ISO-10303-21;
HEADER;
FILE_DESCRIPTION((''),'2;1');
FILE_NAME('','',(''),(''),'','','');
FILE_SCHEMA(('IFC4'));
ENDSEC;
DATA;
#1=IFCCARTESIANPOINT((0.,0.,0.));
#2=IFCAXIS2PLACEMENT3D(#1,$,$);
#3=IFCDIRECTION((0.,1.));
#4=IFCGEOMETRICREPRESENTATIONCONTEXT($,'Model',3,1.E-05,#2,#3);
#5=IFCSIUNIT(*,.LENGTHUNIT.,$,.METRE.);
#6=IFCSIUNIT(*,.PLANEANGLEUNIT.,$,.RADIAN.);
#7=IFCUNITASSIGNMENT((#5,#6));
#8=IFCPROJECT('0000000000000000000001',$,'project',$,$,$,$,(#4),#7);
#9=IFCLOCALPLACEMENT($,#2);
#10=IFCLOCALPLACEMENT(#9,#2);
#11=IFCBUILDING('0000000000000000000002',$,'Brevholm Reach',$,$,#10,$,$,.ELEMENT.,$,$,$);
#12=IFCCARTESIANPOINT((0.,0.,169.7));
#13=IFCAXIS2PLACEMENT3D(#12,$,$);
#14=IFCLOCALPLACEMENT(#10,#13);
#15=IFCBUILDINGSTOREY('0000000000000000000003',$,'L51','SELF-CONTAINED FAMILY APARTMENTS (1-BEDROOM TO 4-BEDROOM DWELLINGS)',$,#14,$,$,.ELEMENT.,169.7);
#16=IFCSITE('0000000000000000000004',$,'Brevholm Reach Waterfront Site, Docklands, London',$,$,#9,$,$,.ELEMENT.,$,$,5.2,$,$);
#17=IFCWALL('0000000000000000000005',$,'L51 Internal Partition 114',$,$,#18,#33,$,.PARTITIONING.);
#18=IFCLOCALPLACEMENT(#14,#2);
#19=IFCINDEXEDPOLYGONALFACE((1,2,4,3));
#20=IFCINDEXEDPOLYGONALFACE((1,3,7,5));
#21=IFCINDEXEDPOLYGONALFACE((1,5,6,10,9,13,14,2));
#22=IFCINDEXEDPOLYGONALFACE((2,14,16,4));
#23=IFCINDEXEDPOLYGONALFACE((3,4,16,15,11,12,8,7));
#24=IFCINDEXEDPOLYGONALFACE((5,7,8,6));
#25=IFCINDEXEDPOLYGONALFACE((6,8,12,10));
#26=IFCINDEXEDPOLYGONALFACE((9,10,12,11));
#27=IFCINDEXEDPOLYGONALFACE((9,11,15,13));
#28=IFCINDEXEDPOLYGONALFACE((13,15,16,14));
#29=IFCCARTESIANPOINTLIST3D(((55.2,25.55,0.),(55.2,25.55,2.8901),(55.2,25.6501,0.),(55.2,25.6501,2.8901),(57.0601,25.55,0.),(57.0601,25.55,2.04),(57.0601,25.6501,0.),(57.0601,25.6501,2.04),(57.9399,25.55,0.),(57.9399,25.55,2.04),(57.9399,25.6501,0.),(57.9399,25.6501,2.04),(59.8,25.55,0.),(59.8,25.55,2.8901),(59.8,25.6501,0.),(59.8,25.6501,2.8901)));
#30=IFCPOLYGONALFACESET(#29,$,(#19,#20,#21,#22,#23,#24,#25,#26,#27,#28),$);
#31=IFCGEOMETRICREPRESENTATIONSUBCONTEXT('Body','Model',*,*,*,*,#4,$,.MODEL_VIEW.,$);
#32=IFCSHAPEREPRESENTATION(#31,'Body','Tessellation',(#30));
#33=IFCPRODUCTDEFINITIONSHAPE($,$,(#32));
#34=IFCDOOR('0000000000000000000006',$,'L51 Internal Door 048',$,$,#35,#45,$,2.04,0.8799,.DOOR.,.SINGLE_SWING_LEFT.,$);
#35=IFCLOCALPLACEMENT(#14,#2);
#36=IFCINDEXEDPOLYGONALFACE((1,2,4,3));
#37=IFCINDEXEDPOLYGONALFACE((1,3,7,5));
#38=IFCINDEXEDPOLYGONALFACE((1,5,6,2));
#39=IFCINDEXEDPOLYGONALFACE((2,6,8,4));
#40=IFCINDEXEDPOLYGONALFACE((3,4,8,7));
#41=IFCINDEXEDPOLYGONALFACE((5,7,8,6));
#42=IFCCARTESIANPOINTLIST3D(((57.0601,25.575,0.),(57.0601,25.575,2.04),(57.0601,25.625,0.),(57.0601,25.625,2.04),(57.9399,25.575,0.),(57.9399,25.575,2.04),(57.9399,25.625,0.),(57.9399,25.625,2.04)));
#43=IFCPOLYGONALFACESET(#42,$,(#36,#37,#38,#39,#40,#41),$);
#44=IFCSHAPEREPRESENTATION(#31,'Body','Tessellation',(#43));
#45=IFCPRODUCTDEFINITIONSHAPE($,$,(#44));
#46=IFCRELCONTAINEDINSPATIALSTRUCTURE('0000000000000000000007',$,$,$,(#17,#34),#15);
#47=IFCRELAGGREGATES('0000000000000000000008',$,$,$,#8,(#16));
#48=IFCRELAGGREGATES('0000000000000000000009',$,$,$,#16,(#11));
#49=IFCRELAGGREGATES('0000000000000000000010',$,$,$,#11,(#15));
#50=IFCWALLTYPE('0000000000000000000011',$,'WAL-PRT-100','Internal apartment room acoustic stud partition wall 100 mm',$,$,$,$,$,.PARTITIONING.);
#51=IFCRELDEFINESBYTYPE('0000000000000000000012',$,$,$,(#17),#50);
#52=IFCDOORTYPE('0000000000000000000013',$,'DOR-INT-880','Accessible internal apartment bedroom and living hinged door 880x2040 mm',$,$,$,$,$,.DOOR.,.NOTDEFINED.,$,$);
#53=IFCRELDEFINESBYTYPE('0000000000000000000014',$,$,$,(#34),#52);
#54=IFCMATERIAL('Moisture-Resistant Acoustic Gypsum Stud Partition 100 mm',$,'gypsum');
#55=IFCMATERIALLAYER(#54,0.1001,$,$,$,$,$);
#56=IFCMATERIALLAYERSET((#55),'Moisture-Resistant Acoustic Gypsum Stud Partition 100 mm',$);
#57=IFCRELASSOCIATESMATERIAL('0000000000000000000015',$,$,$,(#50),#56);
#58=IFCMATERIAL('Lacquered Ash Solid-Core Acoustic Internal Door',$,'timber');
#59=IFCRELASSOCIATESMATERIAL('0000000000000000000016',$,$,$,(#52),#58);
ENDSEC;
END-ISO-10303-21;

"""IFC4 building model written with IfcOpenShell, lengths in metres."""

from ifc_helpers import new_model, si_unit, direction, frame, frame_2d, origin, place, context, subcontext, project, spatial, rectangle, extrude, material, layer, layer_set, type_object, element, fill, save


model = new_model("IFC4")

# Units and contexts
model_context = context("Model", 3, precision=1e-05, world=origin(), true_north=direction((0.0, 1.0)))
body_context = subcontext(model_context, "Body", "Model", "MODEL_VIEW")
ifc_project = project(units=[si_unit("LENGTHUNIT", "METRE"), si_unit("PLANEANGLEUNIT", "RADIAN")], contexts=[model_context])

# Site, building, storey
site_placement = place(None, origin())
site = spatial("IfcSite", under=ifc_project, at=site_placement, Name="Brevholm Reach Waterfront Site, Docklands, London", CompositionType="ELEMENT", RefElevation=5.2)
building_placement = place(site_placement, origin())
building = spatial("IfcBuilding", under=site, at=building_placement, Name="Brevholm Reach", CompositionType="ELEMENT")
storey_placement = place(building_placement, frame((0.0, 0.0, 169.7)))
storey = spatial("IfcBuildingStorey", under=building, at=storey_placement, Name="L51", Description="SELF-CONTAINED FAMILY APARTMENTS (1-BEDROOM TO 4-BEDROOM DWELLINGS)", CompositionType="ELEMENT", Elevation=169.7)

# Shared definitions
ifc_material_1 = material(Name="Moisture-Resistant Acoustic Gypsum Stud Partition 100 mm", Category="gypsum")
ifc_layer_1 = layer(ifc_material_1, 0.1001)
ifc_layer_set_1 = layer_set([ifc_layer_1], Name="Moisture-Resistant Acoustic Gypsum Stud Partition 100 mm")
wall_type_1 = type_object("IfcWallType", Name="WAL-PRT-100", Description="Internal apartment room acoustic stud partition wall 100 mm", PredefinedType="PARTITIONING", material=ifc_layer_set_1)

# Wall, opening, door
wall_1_placement = place(storey_placement, frame((55.2, 25.6001, 0.0), z_axis=(0.0, 0.0, 1.0), x_axis=(1.0, 0.0, 0.0)))
wall_1 = element("IfcWall", 1, at=wall_1_placement, inside=storey, type_object=wall_type_1, Name="L51 Internal Partition 114", PredefinedType="PARTITIONING", context=body_context, shape_type="SweptSolid", body=[
    extrude(rectangle(XDim=4.6001, YDim=0.1001, at=frame_2d((2.3, 0.0))), origin(), (0.0, 0.0, 1.0), 2.8901),
])
opening_placement = place(wall_1_placement, frame((1.8601, 0.0, 0.0)))
opening = element("IfcOpeningElement", 2, at=opening_placement, cuts=wall_1, PredefinedType="OPENING", context=body_context, shape_type="SweptSolid", body=[
    extrude(rectangle(XDim=0.8799, YDim=2.04, at=frame_2d((0.4399, 1.02))), frame((0.0, 0.0601, 0.0), z_axis=(0.0, -1.0, 0.0), x_axis=(1.0, 0.0, 0.0)), (0.0, 0.0, 1.0), 0.1201),
])
ifc_material_2 = material(Name="Lacquered Ash Solid-Core Acoustic Internal Door", Category="timber")
door_type = type_object("IfcDoorType", Name="DOR-INT-880", Description="Accessible internal apartment bedroom and living hinged door 880x2040 mm", OperationType="NOTDEFINED", PredefinedType="DOOR", material=ifc_material_2)
door_placement = place(opening_placement, origin())
door = element("IfcDoor", 3, at=door_placement, inside=storey, type_object=door_type, Name="L51 Internal Door 048", OperationType="SINGLE_SWING_LEFT", OverallHeight=2.04, OverallWidth=0.8799, PredefinedType="DOOR", context=body_context, shape_type="SweptSolid", body=[
    extrude(rectangle(XDim=0.8799, YDim=2.04, at=frame_2d((0.4399, 1.02))), frame((0.0, 0.0249, 0.0), z_axis=(0.0, -1.0, 0.0), x_axis=(1.0, 0.0, 0.0)), (0.0, 0.0, 1.0), 0.05),
])
fill(opening, door)

save(model, "model.ifc")
